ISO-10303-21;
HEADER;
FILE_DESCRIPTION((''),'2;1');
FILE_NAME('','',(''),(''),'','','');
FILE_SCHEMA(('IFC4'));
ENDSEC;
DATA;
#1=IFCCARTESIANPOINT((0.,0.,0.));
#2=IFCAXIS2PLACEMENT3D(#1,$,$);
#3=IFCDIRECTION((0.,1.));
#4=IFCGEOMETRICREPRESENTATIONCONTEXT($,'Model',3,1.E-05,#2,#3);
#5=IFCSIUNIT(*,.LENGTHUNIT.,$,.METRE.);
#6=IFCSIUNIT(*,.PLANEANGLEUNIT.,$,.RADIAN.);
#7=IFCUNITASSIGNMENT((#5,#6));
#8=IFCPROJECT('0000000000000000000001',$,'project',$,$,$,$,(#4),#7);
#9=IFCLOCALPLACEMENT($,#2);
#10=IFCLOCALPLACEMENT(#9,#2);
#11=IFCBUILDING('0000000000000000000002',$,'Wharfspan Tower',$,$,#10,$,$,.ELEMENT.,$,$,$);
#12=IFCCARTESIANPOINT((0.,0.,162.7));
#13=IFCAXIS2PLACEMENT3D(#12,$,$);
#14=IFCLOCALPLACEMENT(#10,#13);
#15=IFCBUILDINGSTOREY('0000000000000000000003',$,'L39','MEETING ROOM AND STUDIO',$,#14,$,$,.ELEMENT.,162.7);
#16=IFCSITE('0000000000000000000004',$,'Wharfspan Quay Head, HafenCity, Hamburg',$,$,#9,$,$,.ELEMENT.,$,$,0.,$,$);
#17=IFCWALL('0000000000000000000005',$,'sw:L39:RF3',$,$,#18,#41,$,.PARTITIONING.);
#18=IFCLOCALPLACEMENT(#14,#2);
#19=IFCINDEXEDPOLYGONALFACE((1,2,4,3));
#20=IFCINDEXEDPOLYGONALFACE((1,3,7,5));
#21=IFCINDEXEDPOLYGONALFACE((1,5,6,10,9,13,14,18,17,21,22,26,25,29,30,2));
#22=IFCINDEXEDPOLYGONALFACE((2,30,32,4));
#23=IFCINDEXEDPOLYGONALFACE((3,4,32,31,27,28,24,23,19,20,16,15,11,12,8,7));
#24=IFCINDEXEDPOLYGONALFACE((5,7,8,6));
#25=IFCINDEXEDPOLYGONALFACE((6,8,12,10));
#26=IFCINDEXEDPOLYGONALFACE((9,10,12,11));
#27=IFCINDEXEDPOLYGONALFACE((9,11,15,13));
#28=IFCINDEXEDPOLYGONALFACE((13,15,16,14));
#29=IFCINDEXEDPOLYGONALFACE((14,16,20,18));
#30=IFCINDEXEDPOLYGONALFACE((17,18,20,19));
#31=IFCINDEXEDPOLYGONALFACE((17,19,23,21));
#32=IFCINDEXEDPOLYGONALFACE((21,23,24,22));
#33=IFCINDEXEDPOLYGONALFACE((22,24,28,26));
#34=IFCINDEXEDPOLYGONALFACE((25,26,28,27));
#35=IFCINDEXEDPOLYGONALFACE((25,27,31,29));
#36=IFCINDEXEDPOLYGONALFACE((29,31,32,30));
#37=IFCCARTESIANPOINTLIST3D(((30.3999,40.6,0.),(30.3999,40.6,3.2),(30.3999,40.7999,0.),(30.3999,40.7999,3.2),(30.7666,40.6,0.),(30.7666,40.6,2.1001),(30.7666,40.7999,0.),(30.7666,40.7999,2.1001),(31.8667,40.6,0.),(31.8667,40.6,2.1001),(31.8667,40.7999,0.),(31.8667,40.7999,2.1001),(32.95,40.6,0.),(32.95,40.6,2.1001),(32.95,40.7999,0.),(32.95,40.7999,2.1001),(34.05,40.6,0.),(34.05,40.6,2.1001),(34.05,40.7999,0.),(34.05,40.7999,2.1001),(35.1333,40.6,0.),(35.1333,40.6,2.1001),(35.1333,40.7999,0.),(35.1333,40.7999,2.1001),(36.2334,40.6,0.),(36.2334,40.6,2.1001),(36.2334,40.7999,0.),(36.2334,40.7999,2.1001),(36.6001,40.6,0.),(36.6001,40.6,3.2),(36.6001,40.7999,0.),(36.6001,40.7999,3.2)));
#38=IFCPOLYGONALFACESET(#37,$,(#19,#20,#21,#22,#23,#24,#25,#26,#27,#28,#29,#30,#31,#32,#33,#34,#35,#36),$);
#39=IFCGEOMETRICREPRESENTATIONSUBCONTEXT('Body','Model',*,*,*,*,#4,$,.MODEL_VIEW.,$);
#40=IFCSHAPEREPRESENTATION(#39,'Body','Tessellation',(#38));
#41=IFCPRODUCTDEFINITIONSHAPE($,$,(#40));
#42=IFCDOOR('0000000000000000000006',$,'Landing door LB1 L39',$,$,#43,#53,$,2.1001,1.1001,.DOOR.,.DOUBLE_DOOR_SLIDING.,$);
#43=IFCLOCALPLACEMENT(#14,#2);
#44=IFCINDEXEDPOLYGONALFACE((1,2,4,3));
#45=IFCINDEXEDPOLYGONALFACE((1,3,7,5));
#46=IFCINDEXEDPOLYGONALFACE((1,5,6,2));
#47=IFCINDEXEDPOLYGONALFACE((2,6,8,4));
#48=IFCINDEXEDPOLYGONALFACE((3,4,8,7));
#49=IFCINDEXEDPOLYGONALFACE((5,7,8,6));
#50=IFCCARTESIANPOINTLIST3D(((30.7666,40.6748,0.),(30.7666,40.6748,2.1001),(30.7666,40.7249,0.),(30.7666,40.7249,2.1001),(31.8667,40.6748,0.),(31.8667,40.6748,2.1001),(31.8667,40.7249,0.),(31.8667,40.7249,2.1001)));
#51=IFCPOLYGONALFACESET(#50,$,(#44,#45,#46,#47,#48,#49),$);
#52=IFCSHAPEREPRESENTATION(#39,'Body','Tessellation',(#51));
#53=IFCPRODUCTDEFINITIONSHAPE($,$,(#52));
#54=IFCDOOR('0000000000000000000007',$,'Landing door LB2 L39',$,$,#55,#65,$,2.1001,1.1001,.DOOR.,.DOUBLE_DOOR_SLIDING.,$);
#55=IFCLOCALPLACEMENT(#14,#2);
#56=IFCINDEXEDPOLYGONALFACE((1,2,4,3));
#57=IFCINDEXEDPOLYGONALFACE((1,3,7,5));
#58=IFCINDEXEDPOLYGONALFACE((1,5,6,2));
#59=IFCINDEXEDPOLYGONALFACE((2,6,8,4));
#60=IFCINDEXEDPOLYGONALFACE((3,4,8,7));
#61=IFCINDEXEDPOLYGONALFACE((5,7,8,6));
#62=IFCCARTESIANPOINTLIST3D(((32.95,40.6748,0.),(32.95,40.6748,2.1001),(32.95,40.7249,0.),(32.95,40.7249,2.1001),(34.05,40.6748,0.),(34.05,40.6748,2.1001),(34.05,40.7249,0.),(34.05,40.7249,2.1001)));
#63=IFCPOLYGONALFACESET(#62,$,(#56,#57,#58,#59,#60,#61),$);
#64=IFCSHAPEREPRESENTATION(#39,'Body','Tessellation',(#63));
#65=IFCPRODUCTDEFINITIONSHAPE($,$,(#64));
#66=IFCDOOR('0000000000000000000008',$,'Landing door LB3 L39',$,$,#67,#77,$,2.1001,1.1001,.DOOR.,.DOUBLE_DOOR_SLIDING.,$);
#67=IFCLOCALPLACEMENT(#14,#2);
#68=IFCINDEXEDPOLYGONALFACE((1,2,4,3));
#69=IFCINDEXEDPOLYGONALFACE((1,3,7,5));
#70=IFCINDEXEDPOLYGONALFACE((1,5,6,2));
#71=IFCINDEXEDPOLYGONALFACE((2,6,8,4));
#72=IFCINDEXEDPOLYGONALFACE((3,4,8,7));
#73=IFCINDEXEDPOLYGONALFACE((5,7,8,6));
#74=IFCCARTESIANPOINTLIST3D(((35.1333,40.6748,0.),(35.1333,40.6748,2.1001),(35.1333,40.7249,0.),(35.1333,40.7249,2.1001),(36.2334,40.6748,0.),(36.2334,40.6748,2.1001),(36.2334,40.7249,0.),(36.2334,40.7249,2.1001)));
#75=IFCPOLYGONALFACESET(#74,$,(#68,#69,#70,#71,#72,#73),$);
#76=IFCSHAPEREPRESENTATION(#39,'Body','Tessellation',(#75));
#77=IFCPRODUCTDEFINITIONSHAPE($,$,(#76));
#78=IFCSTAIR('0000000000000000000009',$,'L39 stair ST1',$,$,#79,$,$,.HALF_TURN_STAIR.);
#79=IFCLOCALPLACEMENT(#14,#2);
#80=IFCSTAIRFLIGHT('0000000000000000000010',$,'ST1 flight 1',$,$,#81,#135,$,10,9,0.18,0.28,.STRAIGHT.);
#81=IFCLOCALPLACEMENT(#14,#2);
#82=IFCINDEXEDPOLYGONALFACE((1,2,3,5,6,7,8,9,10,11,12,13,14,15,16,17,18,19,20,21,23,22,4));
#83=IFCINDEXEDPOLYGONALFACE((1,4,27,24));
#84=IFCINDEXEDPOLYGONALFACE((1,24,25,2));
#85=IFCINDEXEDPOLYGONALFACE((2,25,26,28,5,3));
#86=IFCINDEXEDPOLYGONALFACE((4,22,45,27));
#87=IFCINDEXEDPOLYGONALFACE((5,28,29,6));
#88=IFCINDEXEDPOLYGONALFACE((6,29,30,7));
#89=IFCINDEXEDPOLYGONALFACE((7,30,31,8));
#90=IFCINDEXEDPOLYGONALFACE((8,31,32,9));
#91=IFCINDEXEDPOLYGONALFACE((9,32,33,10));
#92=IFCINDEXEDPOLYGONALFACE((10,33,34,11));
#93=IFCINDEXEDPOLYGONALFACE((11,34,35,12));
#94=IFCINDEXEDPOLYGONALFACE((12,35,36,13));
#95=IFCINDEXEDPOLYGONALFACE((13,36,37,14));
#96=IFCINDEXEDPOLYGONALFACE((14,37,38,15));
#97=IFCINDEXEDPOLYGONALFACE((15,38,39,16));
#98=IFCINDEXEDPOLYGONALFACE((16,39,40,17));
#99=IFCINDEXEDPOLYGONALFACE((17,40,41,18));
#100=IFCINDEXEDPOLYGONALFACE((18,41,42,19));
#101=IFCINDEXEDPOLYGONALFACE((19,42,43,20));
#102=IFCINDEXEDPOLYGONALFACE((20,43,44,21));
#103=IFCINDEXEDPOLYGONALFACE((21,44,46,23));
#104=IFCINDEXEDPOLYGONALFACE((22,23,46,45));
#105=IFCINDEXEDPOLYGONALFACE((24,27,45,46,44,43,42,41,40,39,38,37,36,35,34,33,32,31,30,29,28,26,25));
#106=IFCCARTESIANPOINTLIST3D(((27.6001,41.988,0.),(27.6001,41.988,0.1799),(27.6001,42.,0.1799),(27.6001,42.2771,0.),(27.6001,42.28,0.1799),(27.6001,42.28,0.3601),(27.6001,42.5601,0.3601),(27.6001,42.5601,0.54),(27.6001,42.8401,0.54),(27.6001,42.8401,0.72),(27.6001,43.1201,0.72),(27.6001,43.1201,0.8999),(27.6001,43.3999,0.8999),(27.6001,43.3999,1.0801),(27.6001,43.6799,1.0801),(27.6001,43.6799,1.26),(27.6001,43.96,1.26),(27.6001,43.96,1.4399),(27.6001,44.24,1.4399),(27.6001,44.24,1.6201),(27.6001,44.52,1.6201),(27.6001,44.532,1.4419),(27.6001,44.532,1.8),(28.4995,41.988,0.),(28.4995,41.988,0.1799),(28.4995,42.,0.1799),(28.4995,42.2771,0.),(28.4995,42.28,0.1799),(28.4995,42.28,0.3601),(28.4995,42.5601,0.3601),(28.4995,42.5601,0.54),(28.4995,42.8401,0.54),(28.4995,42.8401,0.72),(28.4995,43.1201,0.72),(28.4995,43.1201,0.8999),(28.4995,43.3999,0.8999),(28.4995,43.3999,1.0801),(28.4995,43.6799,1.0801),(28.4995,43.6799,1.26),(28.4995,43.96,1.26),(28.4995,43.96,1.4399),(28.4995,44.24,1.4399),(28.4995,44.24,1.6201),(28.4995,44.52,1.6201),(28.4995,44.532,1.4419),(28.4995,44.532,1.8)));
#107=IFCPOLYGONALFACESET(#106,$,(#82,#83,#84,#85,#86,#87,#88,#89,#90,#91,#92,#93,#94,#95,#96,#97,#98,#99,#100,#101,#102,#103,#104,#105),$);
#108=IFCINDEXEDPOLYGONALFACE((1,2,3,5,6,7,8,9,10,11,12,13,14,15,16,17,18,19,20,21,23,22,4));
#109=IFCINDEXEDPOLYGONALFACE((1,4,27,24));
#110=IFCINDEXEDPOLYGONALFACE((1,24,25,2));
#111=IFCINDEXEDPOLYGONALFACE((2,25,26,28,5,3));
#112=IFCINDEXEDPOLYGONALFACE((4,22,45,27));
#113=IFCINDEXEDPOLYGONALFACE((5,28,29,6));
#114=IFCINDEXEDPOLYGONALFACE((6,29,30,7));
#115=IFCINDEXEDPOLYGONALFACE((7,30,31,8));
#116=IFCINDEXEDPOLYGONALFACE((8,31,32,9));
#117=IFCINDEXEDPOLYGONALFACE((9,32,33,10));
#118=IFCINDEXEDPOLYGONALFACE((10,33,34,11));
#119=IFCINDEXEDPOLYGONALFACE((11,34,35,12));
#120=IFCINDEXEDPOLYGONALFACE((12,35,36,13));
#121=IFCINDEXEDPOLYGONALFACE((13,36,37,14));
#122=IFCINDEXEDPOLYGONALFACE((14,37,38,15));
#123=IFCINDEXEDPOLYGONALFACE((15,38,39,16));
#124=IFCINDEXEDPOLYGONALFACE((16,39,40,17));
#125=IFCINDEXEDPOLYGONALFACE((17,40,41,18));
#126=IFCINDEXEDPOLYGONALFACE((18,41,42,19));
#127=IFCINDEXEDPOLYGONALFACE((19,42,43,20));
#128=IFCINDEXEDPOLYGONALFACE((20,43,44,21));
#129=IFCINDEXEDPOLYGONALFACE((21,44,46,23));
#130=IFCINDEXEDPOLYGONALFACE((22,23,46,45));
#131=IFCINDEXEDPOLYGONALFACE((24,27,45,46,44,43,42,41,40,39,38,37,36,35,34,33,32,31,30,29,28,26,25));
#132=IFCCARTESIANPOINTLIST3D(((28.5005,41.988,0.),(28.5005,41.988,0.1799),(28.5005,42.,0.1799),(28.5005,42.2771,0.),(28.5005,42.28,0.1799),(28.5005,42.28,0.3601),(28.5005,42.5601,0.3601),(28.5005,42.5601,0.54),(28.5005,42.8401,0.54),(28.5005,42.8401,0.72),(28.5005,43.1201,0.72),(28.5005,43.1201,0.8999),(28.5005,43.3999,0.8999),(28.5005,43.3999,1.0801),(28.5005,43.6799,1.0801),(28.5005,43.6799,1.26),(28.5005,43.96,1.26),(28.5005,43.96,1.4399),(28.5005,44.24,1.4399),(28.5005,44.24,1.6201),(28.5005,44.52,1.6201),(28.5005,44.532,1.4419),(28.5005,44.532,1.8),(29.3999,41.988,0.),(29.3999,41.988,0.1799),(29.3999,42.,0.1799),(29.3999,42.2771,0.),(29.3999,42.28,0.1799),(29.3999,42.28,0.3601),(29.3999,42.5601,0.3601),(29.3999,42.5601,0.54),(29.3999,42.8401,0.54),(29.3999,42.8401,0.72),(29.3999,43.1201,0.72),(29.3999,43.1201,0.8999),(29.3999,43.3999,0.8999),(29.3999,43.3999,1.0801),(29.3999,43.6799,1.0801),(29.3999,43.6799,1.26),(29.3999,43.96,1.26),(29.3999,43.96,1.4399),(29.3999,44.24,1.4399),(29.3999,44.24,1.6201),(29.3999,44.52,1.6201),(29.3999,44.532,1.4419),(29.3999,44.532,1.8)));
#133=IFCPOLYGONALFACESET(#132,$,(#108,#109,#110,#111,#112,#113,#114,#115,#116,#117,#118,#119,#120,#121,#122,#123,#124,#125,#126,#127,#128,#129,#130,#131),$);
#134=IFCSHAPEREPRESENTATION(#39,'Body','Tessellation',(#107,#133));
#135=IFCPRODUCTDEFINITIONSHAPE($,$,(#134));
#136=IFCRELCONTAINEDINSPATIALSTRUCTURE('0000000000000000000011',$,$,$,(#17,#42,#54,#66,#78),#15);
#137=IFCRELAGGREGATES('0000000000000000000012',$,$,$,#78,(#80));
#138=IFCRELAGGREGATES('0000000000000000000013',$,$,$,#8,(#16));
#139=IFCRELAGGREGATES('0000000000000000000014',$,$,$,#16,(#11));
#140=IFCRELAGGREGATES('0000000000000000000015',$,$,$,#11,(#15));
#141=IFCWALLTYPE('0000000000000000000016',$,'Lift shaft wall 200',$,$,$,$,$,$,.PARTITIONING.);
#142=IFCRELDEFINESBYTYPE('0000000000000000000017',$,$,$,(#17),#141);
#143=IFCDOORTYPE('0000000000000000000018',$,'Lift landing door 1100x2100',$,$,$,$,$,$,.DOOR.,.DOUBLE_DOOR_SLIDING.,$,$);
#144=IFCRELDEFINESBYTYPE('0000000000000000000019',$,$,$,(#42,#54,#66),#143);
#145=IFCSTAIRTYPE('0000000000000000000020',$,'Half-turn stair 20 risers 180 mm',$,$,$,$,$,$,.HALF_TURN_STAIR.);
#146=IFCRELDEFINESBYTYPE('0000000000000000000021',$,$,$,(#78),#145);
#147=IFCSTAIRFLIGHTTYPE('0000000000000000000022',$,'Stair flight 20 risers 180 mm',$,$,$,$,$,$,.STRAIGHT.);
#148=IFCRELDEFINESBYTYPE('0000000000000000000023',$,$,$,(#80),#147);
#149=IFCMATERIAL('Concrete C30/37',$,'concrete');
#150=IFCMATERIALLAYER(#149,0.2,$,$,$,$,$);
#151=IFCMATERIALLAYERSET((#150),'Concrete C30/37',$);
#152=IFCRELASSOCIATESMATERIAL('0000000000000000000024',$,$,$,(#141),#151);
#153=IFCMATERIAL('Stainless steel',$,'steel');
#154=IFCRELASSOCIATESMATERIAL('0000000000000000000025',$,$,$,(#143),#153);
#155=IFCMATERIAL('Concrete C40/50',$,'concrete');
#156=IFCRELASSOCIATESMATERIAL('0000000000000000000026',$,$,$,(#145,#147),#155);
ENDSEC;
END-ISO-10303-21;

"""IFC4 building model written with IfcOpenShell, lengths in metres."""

from ifc_helpers import new_model, si_unit, direction, frame, frame_2d, origin, place, context, subcontext, project, spatial, polyline, rectangle, outline, extrude, material, layer, layer_set, type_object, element, fill, aggregate, save


model = new_model("IFC4")

# Units and contexts
model_context = context("Model", 3, precision=1e-05, world=origin(), true_north=direction((0.0, 1.0)))
body_context = subcontext(model_context, "Body", "Model", "MODEL_VIEW")
ifc_project = project(units=[si_unit("LENGTHUNIT", "METRE"), si_unit("PLANEANGLEUNIT", "RADIAN")], contexts=[model_context])

# Site, building, storey
site_placement = place(None, origin())
site = spatial("IfcSite", under=ifc_project, at=site_placement, Name="Wharfspan Quay Head, HafenCity, Hamburg", CompositionType="ELEMENT", RefElevation=0.0)
building_placement = place(site_placement, origin())
building = spatial("IfcBuilding", under=site, at=building_placement, Name="Wharfspan Tower", CompositionType="ELEMENT")
storey_placement = place(building_placement, frame((0.0, 0.0, 162.7)))
storey = spatial("IfcBuildingStorey", under=building, at=storey_placement, Name="L39", Description="MEETING ROOM AND STUDIO", CompositionType="ELEMENT", Elevation=162.7)

# Wall, openings, doors
ifc_material_1 = material(Name="Concrete C30/37", Category="concrete")
ifc_layer_1 = layer(ifc_material_1, 0.2)
ifc_layer_set_1 = layer_set([ifc_layer_1], Name="Concrete C30/37")
wall_type_1 = type_object("IfcWallType", Name="Lift shaft wall 200", PredefinedType="PARTITIONING", material=ifc_layer_set_1)
wall_1_placement = place(storey_placement, frame((30.3999, 40.7, 0.0), z_axis=(0.0, 0.0, 1.0), x_axis=(1.0, 0.0, 0.0)))
wall_1 = element("IfcWall", 1, at=wall_1_placement, inside=storey, type_object=wall_type_1, Name="sw:L39:RF3", PredefinedType="PARTITIONING", context=body_context, shape_type="SweptSolid", body=[
    extrude(rectangle(XDim=6.2002, YDim=0.2, at=frame_2d((3.1001, 0.0))), origin(), (0.0, 0.0, 1.0), 3.2),
])
opening_1_placement = place(wall_1_placement, frame((0.3667, 0.0, 0.0)))
opening_1 = element("IfcOpeningElement", 2, at=opening_1_placement, cuts=wall_1, PredefinedType="OPENING", context=body_context, shape_type="SweptSolid", body=[
    extrude(rectangle(XDim=1.1001, YDim=2.1001, at=frame_2d((0.55, 1.05))), frame((0.0, 0.1099, 0.0), z_axis=(0.0, -1.0, 0.0), x_axis=(1.0, 0.0, 0.0)), (0.0, 0.0, 1.0), 0.22),
])
opening_2_placement = place(wall_1_placement, frame((2.55, 0.0, 0.0)))
opening_2 = element("IfcOpeningElement", 3, at=opening_2_placement, cuts=wall_1, PredefinedType="OPENING", context=body_context, shape_type="SweptSolid", body=[
    extrude(rectangle(XDim=1.1001, YDim=2.1001, at=frame_2d((0.55, 1.05))), frame((0.0, 0.1099, 0.0), z_axis=(0.0, -1.0, 0.0), x_axis=(1.0, 0.0, 0.0)), (0.0, 0.0, 1.0), 0.22),
])
opening_3_placement = place(wall_1_placement, frame((4.7334, 0.0, 0.0)))
opening_3 = element("IfcOpeningElement", 4, at=opening_3_placement, cuts=wall_1, PredefinedType="OPENING", context=body_context, shape_type="SweptSolid", body=[
    extrude(rectangle(XDim=1.1001, YDim=2.1001, at=frame_2d((0.55, 1.05))), frame((0.0, 0.1099, 0.0), z_axis=(0.0, -1.0, 0.0), x_axis=(1.0, 0.0, 0.0)), (0.0, 0.0, 1.0), 0.22),
])
ifc_material_2 = material(Name="Stainless steel", Category="steel")
door_type_1 = type_object("IfcDoorType", Name="Lift landing door 1100x2100", OperationType="DOUBLE_DOOR_SLIDING", PredefinedType="DOOR", material=ifc_material_2)
door_1_placement = place(opening_1_placement, origin())
door_1 = element("IfcDoor", 5, at=door_1_placement, inside=storey, type_object=door_type_1, Name="Landing door LB1 L39", OperationType="DOUBLE_DOOR_SLIDING", OverallHeight=2.1001, OverallWidth=1.1001, PredefinedType="DOOR", context=body_context, shape_type="SweptSolid", body=[
    extrude(rectangle(XDim=1.1001, YDim=2.1001, at=frame_2d((0.55, 1.05))), frame((0.0, 0.0249, 0.0), z_axis=(0.0, -1.0, 0.0), x_axis=(1.0, 0.0, 0.0)), (0.0, 0.0, 1.0), 0.05),
])
fill(opening_1, door_1)
door_2_placement = place(opening_2_placement, origin())
door_2 = element("IfcDoor", 6, at=door_2_placement, inside=storey, type_object=door_type_1, Name="Landing door LB2 L39", OperationType="DOUBLE_DOOR_SLIDING", OverallHeight=2.1001, OverallWidth=1.1001, PredefinedType="DOOR", context=body_context, shape_type="SweptSolid", body=[
    extrude(rectangle(XDim=1.1001, YDim=2.1001, at=frame_2d((0.55, 1.05))), frame((0.0, 0.0249, 0.0), z_axis=(0.0, -1.0, 0.0), x_axis=(1.0, 0.0, 0.0)), (0.0, 0.0, 1.0), 0.05),
])
fill(opening_2, door_2)
door_3_placement = place(opening_3_placement, origin())
door_3 = element("IfcDoor", 7, at=door_3_placement, inside=storey, type_object=door_type_1, Name="Landing door LB3 L39", OperationType="DOUBLE_DOOR_SLIDING", OverallHeight=2.1001, OverallWidth=1.1001, PredefinedType="DOOR", context=body_context, shape_type="SweptSolid", body=[
    extrude(rectangle(XDim=1.1001, YDim=2.1001, at=frame_2d((0.55, 1.05))), frame((0.0, 0.0249, 0.0), z_axis=(0.0, -1.0, 0.0), x_axis=(1.0, 0.0, 0.0)), (0.0, 0.0, 1.0), 0.05),
])
fill(opening_3, door_3)

# Stair, stair flight
ifc_material_3 = material(Name="Concrete C40/50", Category="concrete")
stair_type = type_object("IfcStairType", Name="Half-turn stair 20 risers 180 mm", PredefinedType="HALF_TURN_STAIR", material=ifc_material_3)
stair_placement = place(storey_placement, origin())
stair = element("IfcStair", 8, at=stair_placement, inside=storey, type_object=stair_type, Name="L39 stair ST1", PredefinedType="HALF_TURN_STAIR")
stair_flight_type = type_object("IfcStairFlightType", Name="Stair flight 20 risers 180 mm", PredefinedType="STRAIGHT", material=ifc_material_3)
stair_flight_placement = place(storey_placement, frame((28.5, 42.0, 0.0), z_axis=(0.0, 0.0, 1.0), x_axis=(0.0, 1.0, 0.0)))
stair_flight = element("IfcStairFlight", 9, at=stair_flight_placement, type_object=stair_flight_type, Name="ST1 flight 1", NumberOfRisers=10, NumberOfTreads=9, PredefinedType="STRAIGHT", RiserHeight=0.18, TreadLength=0.28, context=body_context, shape_type="SweptSolid", body=[
    extrude(outline(polyline([(-0.012, 0.0), (-0.012, 0.1799), (0.0, 0.1799), (0.28, 0.1799), (0.28, 0.3601), (0.5601, 0.3601), (0.5601, 0.54), (0.8401, 0.54), (0.8401, 0.72), (1.1201, 0.72), (1.1201, 0.8999), (1.3999, 0.8999), (1.3999, 1.0801), (1.6799, 1.0801), (1.6799, 1.26), (1.96, 1.26), (1.96, 1.4399), (2.24, 1.4399), (2.24, 1.6201), (2.52, 1.6201), (2.532, 1.8), (2.532, 1.4419), (0.2771, 0.0), (-0.012, 0.0)])), frame((0.0, 0.8999, 0.0), z_axis=(0.0, -1.0, 0.0), x_axis=(1.0, 0.0, 0.0)), (0.0, 0.0, 1.0), 0.8994),
    extrude(outline(polyline([(-0.012, 0.0), (-0.012, 0.1799), (0.0, 0.1799), (0.28, 0.1799), (0.28, 0.3601), (0.5601, 0.3601), (0.5601, 0.54), (0.8401, 0.54), (0.8401, 0.72), (1.1201, 0.72), (1.1201, 0.8999), (1.3999, 0.8999), (1.3999, 1.0801), (1.6799, 1.0801), (1.6799, 1.26), (1.96, 1.26), (1.96, 1.4399), (2.24, 1.4399), (2.24, 1.6201), (2.52, 1.6201), (2.532, 1.8), (2.532, 1.4419), (0.2771, 0.0), (-0.012, 0.0)])), frame((0.0, -0.0005, 0.0), z_axis=(0.0, -1.0, 0.0), x_axis=(1.0, 0.0, 0.0)), (0.0, 0.0, 1.0), 0.8994),
])
aggregate(stair, [stair_flight])

save(model, "model.ifc")
